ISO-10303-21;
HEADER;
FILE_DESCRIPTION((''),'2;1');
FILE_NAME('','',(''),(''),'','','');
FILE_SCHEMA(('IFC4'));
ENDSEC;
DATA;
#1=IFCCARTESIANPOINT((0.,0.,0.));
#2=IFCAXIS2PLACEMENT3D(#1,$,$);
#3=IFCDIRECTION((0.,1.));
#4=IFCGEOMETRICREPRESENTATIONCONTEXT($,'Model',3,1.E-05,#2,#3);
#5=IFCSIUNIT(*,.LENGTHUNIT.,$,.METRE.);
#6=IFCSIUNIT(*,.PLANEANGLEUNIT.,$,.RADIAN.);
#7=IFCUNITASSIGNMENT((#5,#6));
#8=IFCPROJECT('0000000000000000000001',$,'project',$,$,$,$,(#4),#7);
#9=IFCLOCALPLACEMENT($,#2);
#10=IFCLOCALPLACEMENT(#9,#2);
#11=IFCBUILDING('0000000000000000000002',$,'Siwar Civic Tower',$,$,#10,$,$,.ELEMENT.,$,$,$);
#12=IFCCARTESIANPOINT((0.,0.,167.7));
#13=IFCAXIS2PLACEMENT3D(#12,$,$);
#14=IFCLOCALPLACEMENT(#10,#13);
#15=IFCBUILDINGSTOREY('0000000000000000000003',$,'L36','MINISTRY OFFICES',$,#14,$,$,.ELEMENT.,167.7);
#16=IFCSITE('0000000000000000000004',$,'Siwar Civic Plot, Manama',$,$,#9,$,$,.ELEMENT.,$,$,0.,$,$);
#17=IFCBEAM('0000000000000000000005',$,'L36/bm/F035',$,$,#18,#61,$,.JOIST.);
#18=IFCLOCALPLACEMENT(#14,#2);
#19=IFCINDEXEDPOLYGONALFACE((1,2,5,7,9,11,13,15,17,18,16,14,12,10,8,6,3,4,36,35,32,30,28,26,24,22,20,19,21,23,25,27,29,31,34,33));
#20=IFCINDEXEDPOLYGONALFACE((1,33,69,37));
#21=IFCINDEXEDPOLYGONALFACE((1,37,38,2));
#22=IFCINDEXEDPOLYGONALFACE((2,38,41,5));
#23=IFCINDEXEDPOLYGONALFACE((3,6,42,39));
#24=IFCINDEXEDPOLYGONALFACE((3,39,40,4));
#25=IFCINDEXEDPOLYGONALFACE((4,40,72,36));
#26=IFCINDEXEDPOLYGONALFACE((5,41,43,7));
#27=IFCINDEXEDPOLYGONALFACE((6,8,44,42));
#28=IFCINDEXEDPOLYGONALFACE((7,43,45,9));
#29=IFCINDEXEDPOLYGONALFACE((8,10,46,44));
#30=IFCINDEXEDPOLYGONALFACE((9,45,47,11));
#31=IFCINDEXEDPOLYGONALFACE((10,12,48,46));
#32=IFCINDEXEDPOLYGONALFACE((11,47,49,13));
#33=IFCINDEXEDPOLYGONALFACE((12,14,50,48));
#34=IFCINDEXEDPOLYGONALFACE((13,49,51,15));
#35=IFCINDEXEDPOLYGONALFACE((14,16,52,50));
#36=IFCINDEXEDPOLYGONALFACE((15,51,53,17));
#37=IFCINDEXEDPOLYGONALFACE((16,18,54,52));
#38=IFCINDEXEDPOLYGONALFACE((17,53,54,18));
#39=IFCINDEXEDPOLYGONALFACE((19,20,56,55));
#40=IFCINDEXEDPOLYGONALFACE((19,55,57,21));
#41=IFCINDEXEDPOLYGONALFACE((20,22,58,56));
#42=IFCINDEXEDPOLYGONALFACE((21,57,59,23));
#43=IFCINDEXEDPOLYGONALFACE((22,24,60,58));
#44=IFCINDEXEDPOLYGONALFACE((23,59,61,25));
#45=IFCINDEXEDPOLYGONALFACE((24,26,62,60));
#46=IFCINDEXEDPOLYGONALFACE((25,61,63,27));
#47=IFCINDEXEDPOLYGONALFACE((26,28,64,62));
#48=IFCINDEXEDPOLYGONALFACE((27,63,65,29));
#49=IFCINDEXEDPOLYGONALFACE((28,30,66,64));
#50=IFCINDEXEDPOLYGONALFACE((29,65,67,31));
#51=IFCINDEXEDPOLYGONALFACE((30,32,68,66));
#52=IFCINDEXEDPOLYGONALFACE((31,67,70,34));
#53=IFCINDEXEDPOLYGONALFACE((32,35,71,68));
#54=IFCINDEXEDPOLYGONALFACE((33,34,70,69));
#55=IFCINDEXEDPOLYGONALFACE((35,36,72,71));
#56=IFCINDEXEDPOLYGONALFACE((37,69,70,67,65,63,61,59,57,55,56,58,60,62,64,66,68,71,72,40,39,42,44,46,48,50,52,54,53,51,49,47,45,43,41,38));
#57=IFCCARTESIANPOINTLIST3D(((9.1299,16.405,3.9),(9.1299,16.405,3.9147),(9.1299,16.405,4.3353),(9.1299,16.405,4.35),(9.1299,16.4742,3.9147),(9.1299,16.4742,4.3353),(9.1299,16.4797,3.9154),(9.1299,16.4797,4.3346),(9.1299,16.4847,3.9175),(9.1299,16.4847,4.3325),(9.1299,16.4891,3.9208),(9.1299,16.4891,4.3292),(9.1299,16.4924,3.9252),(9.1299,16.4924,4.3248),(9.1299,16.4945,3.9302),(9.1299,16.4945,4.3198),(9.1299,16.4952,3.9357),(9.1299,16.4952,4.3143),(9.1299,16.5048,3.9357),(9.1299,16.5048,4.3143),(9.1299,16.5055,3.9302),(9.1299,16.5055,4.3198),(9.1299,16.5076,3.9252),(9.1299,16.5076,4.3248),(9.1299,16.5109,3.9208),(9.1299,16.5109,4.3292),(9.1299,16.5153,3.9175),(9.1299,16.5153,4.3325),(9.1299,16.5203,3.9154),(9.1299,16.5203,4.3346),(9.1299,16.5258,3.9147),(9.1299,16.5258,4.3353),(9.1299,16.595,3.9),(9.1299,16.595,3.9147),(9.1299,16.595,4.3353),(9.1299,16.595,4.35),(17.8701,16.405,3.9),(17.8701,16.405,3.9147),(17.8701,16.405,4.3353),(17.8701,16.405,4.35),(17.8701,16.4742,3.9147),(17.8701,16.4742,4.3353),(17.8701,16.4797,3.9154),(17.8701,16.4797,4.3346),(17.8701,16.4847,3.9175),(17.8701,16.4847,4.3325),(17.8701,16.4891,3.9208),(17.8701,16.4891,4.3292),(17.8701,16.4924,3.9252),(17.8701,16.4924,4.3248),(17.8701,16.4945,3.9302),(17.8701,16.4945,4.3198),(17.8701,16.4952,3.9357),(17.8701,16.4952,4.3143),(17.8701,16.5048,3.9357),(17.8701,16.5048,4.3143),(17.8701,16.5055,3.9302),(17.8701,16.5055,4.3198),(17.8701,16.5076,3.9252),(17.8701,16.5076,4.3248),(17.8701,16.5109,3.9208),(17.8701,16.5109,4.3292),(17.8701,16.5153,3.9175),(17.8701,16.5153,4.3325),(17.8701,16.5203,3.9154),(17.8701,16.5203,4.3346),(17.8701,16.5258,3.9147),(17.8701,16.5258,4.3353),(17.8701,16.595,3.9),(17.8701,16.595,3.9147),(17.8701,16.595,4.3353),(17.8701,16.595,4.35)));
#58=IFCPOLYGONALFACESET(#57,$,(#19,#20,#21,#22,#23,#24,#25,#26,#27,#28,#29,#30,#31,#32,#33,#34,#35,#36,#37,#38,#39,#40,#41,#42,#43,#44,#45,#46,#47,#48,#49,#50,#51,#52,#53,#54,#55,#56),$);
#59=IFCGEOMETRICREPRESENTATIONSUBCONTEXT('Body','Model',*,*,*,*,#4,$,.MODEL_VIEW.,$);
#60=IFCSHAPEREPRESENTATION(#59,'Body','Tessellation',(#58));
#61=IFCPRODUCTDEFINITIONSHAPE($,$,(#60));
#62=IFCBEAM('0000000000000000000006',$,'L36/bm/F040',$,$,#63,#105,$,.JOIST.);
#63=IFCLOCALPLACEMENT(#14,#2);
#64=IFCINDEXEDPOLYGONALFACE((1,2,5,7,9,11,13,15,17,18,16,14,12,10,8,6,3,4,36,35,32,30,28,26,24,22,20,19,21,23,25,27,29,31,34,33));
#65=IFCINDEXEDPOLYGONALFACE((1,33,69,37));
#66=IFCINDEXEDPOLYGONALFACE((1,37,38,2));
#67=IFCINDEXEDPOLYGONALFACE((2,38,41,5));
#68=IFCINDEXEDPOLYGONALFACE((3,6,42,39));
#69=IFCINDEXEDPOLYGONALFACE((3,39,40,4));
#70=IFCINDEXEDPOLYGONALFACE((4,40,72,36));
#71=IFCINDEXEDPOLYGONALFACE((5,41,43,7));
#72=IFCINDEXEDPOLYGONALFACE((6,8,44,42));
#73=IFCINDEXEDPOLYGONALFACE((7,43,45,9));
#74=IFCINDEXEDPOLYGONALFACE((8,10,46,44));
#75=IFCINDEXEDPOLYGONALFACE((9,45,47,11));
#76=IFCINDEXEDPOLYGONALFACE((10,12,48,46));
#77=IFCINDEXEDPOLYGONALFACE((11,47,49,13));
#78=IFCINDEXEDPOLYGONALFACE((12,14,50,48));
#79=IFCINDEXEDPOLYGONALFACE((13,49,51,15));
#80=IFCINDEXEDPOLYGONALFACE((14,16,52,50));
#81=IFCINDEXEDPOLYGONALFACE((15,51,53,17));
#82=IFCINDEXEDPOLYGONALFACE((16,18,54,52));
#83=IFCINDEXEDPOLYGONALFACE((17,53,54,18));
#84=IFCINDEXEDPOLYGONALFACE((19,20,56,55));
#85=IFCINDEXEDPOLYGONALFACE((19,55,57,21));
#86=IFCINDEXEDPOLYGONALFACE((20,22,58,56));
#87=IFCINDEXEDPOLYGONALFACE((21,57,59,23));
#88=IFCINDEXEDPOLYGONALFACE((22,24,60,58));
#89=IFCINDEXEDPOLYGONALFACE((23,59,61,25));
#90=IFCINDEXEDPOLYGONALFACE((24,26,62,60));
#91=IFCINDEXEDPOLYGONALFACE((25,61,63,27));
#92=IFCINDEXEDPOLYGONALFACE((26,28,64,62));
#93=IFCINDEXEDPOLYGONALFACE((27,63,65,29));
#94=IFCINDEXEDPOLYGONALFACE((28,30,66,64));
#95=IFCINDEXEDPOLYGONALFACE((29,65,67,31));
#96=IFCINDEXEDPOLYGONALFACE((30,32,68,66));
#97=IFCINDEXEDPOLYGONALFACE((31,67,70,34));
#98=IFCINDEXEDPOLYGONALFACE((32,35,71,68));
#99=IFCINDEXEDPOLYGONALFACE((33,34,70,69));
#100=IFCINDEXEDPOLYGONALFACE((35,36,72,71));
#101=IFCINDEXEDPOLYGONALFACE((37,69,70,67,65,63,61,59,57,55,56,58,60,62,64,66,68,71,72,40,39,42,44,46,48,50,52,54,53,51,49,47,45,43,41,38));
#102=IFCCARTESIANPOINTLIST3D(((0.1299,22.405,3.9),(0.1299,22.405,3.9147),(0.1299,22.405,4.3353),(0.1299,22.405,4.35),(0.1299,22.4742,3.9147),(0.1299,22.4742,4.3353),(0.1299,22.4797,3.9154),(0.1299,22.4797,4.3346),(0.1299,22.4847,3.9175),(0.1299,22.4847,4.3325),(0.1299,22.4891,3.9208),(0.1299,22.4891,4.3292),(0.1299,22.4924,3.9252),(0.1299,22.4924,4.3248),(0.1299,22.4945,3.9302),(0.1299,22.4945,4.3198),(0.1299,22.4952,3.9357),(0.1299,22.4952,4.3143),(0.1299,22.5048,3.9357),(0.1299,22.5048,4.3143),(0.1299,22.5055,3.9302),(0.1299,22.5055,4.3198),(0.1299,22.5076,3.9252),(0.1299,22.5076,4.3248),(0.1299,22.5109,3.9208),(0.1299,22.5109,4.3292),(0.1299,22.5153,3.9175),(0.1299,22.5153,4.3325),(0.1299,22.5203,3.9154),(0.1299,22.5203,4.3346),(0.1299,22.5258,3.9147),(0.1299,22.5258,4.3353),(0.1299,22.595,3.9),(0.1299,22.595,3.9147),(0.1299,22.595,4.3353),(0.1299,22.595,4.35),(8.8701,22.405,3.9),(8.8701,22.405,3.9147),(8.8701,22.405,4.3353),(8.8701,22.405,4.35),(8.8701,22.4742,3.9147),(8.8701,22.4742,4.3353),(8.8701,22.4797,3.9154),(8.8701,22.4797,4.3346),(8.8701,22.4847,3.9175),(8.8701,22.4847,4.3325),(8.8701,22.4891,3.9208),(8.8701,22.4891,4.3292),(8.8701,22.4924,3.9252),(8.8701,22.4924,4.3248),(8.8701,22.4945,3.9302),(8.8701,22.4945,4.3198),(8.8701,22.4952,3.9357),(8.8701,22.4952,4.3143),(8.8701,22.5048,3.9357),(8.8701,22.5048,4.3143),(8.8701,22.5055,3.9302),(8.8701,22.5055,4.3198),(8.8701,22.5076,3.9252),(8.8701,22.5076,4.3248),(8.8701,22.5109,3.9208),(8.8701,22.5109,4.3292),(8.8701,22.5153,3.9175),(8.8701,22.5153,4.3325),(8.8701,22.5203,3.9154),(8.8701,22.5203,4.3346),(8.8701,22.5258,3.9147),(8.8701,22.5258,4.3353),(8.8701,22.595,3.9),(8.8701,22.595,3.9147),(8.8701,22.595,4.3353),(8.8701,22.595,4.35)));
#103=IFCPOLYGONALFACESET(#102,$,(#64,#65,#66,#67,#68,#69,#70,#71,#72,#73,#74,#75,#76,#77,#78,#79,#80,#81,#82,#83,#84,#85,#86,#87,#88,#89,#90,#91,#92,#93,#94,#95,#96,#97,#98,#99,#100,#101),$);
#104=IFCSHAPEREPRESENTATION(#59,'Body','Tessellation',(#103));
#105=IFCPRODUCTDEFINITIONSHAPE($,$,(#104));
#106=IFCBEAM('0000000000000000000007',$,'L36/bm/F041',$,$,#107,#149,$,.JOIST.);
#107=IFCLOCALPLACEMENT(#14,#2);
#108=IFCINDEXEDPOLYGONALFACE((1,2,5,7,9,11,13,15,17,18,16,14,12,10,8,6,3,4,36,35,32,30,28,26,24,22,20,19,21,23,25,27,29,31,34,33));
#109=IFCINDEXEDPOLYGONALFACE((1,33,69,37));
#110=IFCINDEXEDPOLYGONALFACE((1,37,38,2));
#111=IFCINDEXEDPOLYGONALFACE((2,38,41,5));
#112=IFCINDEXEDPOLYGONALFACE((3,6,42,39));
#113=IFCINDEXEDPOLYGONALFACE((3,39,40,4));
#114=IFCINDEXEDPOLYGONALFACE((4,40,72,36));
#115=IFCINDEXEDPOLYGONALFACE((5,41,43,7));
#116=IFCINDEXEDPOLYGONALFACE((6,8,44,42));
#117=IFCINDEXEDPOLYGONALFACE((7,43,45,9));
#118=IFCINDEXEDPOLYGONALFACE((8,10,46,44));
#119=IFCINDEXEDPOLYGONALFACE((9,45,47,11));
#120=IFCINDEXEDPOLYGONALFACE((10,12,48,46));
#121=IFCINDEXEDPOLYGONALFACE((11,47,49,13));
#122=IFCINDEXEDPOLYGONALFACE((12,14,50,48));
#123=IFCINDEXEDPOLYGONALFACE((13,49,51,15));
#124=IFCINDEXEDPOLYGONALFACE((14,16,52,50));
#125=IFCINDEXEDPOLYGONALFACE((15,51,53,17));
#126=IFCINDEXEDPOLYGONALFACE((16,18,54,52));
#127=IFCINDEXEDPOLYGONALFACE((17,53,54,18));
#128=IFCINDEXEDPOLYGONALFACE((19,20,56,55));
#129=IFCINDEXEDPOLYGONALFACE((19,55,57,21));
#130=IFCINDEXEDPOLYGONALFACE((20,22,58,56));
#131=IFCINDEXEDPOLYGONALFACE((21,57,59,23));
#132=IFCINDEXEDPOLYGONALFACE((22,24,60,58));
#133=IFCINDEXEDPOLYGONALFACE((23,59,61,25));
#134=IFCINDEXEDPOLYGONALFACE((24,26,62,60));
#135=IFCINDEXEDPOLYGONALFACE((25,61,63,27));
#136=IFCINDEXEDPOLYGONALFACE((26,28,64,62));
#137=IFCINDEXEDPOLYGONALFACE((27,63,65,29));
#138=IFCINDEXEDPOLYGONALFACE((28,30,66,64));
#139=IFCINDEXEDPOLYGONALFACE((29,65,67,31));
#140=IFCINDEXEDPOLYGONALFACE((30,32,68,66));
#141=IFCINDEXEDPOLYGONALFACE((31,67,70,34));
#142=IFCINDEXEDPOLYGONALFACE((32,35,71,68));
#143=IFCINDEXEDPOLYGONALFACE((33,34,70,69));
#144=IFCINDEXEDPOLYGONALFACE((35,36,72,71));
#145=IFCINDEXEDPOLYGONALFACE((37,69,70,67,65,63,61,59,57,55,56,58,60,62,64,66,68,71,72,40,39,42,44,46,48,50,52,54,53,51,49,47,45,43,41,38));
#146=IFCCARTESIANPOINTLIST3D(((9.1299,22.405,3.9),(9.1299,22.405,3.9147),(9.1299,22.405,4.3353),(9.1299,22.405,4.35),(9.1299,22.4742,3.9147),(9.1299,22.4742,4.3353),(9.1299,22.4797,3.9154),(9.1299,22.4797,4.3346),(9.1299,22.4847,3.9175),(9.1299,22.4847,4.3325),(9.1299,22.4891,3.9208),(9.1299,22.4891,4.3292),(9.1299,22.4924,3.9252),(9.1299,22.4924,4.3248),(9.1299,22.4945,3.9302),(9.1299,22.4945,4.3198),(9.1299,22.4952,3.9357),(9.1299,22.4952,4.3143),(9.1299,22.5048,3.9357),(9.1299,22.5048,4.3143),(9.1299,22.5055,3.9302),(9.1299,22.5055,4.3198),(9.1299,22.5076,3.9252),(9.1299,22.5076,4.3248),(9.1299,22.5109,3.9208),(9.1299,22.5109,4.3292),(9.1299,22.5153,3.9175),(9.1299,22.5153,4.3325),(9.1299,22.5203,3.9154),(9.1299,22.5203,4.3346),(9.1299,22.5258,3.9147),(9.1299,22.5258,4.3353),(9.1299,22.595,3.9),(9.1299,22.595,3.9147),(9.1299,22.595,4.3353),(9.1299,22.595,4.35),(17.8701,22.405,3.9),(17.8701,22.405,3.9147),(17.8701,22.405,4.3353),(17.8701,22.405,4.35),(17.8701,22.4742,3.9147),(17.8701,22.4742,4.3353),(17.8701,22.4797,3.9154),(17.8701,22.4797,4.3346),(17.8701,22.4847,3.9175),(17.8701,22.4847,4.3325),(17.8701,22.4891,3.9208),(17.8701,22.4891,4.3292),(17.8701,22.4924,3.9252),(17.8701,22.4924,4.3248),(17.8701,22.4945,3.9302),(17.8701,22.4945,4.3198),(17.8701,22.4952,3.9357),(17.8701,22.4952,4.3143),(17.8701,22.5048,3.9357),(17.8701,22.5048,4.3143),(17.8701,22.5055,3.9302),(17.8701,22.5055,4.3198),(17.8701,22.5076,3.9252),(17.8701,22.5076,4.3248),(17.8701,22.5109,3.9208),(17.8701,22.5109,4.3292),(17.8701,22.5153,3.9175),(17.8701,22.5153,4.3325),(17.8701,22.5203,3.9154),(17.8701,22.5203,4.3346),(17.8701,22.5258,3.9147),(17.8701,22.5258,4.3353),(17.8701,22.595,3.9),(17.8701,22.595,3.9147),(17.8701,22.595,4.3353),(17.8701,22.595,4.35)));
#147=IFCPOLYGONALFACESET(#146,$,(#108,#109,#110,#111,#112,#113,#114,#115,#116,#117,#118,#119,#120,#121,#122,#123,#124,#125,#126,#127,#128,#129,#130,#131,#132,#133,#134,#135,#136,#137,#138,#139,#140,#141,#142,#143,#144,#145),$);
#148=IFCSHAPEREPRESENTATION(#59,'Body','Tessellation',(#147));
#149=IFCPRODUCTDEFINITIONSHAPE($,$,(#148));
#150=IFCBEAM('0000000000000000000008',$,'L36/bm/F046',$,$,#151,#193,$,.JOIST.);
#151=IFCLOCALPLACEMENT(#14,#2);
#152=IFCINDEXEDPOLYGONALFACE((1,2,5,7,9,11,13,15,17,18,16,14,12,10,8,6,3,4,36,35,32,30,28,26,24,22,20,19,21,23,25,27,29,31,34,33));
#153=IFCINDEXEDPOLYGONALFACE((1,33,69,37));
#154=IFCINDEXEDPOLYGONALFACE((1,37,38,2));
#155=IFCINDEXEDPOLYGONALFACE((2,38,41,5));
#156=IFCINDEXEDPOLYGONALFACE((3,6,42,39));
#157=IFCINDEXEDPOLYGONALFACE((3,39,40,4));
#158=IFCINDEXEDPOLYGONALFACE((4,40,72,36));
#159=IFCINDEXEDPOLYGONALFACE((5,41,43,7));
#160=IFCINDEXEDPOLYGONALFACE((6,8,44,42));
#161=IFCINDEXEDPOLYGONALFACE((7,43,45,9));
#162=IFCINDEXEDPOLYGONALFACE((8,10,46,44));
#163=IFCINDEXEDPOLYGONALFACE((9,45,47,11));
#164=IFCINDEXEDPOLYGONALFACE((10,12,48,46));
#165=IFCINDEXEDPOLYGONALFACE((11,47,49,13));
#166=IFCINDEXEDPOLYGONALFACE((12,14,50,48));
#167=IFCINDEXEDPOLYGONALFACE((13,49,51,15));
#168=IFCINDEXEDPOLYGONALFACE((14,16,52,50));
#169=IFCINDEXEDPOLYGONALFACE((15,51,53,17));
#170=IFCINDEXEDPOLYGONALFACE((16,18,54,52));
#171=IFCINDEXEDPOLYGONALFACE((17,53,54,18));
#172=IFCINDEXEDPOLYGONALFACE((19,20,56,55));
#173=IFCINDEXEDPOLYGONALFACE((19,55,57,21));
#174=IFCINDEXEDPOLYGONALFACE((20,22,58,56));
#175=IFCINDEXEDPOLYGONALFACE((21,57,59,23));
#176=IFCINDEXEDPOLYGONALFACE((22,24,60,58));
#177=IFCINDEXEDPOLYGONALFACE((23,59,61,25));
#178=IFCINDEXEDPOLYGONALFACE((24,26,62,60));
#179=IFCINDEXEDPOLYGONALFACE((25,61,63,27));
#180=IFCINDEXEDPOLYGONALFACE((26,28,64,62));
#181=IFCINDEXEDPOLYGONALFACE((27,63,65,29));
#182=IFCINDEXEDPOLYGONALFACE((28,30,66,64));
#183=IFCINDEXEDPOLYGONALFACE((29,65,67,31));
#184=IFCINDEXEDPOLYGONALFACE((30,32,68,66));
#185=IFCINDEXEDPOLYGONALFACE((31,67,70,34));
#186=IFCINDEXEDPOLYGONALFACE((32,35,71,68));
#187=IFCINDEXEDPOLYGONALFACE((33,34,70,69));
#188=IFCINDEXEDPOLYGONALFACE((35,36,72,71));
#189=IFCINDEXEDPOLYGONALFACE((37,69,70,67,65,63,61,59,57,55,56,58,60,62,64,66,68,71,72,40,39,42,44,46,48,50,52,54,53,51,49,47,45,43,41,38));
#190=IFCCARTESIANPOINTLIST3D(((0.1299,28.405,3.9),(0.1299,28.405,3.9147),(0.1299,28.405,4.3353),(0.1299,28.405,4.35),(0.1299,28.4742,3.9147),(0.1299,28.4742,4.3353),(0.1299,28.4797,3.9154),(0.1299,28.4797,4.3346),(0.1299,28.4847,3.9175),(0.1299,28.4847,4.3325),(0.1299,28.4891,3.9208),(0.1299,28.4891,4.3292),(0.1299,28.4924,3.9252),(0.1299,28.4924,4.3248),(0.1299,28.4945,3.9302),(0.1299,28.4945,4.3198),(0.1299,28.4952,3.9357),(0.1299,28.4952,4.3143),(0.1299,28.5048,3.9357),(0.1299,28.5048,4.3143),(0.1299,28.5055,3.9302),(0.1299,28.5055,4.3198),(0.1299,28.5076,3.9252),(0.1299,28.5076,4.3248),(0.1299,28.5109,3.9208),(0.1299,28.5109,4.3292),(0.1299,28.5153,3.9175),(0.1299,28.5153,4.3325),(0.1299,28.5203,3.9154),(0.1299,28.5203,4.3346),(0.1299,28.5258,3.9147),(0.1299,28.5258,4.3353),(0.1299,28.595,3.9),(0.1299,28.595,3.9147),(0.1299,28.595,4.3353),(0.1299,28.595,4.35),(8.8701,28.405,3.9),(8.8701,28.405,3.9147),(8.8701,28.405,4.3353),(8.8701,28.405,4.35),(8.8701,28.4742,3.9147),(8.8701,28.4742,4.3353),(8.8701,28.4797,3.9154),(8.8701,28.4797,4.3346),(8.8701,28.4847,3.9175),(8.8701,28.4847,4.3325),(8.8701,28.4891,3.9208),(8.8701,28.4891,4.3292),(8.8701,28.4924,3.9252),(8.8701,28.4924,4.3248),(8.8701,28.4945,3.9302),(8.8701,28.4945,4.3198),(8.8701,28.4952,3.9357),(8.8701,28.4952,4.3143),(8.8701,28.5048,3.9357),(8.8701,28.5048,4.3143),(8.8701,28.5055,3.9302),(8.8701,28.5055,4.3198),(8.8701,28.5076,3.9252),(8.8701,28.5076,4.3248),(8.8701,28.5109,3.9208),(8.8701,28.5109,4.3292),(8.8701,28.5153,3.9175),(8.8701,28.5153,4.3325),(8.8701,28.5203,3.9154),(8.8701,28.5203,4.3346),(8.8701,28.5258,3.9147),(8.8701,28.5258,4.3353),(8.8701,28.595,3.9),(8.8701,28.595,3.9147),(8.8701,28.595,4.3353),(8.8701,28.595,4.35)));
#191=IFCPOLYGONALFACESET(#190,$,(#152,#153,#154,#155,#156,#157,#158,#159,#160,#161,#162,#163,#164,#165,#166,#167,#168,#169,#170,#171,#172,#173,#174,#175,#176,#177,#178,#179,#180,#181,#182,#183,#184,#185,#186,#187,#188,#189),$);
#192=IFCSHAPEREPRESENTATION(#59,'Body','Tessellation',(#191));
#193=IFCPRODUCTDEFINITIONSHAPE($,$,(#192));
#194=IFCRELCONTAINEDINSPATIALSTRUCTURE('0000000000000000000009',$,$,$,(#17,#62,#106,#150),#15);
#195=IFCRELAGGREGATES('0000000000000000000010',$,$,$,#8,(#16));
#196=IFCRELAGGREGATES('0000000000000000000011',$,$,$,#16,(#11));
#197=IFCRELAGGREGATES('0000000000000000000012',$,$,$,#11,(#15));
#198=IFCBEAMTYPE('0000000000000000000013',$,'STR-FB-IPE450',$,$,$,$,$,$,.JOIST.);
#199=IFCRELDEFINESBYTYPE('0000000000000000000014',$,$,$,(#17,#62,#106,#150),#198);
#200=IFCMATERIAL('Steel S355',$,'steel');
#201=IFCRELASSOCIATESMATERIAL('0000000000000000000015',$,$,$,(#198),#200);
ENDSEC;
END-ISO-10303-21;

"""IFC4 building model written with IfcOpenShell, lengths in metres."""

from ifc_helpers import new_model, si_unit, direction, frame, origin, origin_2d, place, context, subcontext, project, spatial, i_section, extrude, material, material_profile, profile_set, type_object, element, save


model = new_model("IFC4")

# Units and contexts
model_context = context("Model", 3, precision=1e-05, world=origin(), true_north=direction((0.0, 1.0)))
body_context = subcontext(model_context, "Body", "Model", "MODEL_VIEW")
ifc_project = project(units=[si_unit("LENGTHUNIT", "METRE"), si_unit("PLANEANGLEUNIT", "RADIAN")], contexts=[model_context])

# Site, building, storey
site_placement = place(None, origin())
site = spatial("IfcSite", under=ifc_project, at=site_placement, Name="Siwar Civic Plot, Manama", CompositionType="ELEMENT", RefElevation=0.0)
building_placement = place(site_placement, origin())
building = spatial("IfcBuilding", under=site, at=building_placement, Name="Siwar Civic Tower", CompositionType="ELEMENT")
storey_placement = place(building_placement, frame((0.0, 0.0, 167.7)))
storey = spatial("IfcBuildingStorey", under=building, at=storey_placement, Name="L36", Description="MINISTRY OFFICES", CompositionType="ELEMENT", Elevation=167.7)

# Beams
ifc_material_1 = material(Name="Steel S355", Category="steel")
ifc_material_profile_1 = material_profile(ifc_material_1, i_section(OverallWidth=0.1899, OverallDepth=0.45, WebThickness=0.0095, FlangeThickness=0.0146, FilletRadius=0.021, at=origin_2d()), Name="IPE450")
ifc_profile_set_1 = profile_set([ifc_material_profile_1], Name="Steel S355")
beam_type_1 = type_object("IfcBeamType", Name="STR-FB-IPE450", PredefinedType="JOIST", material=ifc_profile_set_1)
for number, where, z_axis, x_axis, name in (
    (1, (9.1299, 16.5, 4.125), (1.0, 0.0, 0.0), (0.0, 1.0, 0.0), "L36/bm/F035"),
    (2, (0.1299, 22.5, 4.125), (1.0, 0.0, 0.0), (0.0, 1.0, 0.0), "L36/bm/F040"),
    (3, (9.1299, 22.5, 4.125), (1.0, 0.0, 0.0), (0.0, 1.0, 0.0), "L36/bm/F041"),
    (4, (0.1299, 28.5, 4.125), (1.0, 0.0, 0.0), (0.0, 1.0, 0.0), "L36/bm/F046"),
):
    element("IfcBeam", number, at=place(storey_placement, frame(where, z_axis=z_axis, x_axis=x_axis)), inside=storey, type_object=beam_type_1, Name=name, PredefinedType="JOIST", context=body_context, shape_type="SweptSolid", body=[
        extrude(i_section(OverallWidth=0.1899, OverallDepth=0.45, WebThickness=0.0095, FlangeThickness=0.0146, FilletRadius=0.021, at=origin_2d()), origin(), (0.0, 0.0, 1.0), 8.7402),
    ])

save(model, "model.ifc")
